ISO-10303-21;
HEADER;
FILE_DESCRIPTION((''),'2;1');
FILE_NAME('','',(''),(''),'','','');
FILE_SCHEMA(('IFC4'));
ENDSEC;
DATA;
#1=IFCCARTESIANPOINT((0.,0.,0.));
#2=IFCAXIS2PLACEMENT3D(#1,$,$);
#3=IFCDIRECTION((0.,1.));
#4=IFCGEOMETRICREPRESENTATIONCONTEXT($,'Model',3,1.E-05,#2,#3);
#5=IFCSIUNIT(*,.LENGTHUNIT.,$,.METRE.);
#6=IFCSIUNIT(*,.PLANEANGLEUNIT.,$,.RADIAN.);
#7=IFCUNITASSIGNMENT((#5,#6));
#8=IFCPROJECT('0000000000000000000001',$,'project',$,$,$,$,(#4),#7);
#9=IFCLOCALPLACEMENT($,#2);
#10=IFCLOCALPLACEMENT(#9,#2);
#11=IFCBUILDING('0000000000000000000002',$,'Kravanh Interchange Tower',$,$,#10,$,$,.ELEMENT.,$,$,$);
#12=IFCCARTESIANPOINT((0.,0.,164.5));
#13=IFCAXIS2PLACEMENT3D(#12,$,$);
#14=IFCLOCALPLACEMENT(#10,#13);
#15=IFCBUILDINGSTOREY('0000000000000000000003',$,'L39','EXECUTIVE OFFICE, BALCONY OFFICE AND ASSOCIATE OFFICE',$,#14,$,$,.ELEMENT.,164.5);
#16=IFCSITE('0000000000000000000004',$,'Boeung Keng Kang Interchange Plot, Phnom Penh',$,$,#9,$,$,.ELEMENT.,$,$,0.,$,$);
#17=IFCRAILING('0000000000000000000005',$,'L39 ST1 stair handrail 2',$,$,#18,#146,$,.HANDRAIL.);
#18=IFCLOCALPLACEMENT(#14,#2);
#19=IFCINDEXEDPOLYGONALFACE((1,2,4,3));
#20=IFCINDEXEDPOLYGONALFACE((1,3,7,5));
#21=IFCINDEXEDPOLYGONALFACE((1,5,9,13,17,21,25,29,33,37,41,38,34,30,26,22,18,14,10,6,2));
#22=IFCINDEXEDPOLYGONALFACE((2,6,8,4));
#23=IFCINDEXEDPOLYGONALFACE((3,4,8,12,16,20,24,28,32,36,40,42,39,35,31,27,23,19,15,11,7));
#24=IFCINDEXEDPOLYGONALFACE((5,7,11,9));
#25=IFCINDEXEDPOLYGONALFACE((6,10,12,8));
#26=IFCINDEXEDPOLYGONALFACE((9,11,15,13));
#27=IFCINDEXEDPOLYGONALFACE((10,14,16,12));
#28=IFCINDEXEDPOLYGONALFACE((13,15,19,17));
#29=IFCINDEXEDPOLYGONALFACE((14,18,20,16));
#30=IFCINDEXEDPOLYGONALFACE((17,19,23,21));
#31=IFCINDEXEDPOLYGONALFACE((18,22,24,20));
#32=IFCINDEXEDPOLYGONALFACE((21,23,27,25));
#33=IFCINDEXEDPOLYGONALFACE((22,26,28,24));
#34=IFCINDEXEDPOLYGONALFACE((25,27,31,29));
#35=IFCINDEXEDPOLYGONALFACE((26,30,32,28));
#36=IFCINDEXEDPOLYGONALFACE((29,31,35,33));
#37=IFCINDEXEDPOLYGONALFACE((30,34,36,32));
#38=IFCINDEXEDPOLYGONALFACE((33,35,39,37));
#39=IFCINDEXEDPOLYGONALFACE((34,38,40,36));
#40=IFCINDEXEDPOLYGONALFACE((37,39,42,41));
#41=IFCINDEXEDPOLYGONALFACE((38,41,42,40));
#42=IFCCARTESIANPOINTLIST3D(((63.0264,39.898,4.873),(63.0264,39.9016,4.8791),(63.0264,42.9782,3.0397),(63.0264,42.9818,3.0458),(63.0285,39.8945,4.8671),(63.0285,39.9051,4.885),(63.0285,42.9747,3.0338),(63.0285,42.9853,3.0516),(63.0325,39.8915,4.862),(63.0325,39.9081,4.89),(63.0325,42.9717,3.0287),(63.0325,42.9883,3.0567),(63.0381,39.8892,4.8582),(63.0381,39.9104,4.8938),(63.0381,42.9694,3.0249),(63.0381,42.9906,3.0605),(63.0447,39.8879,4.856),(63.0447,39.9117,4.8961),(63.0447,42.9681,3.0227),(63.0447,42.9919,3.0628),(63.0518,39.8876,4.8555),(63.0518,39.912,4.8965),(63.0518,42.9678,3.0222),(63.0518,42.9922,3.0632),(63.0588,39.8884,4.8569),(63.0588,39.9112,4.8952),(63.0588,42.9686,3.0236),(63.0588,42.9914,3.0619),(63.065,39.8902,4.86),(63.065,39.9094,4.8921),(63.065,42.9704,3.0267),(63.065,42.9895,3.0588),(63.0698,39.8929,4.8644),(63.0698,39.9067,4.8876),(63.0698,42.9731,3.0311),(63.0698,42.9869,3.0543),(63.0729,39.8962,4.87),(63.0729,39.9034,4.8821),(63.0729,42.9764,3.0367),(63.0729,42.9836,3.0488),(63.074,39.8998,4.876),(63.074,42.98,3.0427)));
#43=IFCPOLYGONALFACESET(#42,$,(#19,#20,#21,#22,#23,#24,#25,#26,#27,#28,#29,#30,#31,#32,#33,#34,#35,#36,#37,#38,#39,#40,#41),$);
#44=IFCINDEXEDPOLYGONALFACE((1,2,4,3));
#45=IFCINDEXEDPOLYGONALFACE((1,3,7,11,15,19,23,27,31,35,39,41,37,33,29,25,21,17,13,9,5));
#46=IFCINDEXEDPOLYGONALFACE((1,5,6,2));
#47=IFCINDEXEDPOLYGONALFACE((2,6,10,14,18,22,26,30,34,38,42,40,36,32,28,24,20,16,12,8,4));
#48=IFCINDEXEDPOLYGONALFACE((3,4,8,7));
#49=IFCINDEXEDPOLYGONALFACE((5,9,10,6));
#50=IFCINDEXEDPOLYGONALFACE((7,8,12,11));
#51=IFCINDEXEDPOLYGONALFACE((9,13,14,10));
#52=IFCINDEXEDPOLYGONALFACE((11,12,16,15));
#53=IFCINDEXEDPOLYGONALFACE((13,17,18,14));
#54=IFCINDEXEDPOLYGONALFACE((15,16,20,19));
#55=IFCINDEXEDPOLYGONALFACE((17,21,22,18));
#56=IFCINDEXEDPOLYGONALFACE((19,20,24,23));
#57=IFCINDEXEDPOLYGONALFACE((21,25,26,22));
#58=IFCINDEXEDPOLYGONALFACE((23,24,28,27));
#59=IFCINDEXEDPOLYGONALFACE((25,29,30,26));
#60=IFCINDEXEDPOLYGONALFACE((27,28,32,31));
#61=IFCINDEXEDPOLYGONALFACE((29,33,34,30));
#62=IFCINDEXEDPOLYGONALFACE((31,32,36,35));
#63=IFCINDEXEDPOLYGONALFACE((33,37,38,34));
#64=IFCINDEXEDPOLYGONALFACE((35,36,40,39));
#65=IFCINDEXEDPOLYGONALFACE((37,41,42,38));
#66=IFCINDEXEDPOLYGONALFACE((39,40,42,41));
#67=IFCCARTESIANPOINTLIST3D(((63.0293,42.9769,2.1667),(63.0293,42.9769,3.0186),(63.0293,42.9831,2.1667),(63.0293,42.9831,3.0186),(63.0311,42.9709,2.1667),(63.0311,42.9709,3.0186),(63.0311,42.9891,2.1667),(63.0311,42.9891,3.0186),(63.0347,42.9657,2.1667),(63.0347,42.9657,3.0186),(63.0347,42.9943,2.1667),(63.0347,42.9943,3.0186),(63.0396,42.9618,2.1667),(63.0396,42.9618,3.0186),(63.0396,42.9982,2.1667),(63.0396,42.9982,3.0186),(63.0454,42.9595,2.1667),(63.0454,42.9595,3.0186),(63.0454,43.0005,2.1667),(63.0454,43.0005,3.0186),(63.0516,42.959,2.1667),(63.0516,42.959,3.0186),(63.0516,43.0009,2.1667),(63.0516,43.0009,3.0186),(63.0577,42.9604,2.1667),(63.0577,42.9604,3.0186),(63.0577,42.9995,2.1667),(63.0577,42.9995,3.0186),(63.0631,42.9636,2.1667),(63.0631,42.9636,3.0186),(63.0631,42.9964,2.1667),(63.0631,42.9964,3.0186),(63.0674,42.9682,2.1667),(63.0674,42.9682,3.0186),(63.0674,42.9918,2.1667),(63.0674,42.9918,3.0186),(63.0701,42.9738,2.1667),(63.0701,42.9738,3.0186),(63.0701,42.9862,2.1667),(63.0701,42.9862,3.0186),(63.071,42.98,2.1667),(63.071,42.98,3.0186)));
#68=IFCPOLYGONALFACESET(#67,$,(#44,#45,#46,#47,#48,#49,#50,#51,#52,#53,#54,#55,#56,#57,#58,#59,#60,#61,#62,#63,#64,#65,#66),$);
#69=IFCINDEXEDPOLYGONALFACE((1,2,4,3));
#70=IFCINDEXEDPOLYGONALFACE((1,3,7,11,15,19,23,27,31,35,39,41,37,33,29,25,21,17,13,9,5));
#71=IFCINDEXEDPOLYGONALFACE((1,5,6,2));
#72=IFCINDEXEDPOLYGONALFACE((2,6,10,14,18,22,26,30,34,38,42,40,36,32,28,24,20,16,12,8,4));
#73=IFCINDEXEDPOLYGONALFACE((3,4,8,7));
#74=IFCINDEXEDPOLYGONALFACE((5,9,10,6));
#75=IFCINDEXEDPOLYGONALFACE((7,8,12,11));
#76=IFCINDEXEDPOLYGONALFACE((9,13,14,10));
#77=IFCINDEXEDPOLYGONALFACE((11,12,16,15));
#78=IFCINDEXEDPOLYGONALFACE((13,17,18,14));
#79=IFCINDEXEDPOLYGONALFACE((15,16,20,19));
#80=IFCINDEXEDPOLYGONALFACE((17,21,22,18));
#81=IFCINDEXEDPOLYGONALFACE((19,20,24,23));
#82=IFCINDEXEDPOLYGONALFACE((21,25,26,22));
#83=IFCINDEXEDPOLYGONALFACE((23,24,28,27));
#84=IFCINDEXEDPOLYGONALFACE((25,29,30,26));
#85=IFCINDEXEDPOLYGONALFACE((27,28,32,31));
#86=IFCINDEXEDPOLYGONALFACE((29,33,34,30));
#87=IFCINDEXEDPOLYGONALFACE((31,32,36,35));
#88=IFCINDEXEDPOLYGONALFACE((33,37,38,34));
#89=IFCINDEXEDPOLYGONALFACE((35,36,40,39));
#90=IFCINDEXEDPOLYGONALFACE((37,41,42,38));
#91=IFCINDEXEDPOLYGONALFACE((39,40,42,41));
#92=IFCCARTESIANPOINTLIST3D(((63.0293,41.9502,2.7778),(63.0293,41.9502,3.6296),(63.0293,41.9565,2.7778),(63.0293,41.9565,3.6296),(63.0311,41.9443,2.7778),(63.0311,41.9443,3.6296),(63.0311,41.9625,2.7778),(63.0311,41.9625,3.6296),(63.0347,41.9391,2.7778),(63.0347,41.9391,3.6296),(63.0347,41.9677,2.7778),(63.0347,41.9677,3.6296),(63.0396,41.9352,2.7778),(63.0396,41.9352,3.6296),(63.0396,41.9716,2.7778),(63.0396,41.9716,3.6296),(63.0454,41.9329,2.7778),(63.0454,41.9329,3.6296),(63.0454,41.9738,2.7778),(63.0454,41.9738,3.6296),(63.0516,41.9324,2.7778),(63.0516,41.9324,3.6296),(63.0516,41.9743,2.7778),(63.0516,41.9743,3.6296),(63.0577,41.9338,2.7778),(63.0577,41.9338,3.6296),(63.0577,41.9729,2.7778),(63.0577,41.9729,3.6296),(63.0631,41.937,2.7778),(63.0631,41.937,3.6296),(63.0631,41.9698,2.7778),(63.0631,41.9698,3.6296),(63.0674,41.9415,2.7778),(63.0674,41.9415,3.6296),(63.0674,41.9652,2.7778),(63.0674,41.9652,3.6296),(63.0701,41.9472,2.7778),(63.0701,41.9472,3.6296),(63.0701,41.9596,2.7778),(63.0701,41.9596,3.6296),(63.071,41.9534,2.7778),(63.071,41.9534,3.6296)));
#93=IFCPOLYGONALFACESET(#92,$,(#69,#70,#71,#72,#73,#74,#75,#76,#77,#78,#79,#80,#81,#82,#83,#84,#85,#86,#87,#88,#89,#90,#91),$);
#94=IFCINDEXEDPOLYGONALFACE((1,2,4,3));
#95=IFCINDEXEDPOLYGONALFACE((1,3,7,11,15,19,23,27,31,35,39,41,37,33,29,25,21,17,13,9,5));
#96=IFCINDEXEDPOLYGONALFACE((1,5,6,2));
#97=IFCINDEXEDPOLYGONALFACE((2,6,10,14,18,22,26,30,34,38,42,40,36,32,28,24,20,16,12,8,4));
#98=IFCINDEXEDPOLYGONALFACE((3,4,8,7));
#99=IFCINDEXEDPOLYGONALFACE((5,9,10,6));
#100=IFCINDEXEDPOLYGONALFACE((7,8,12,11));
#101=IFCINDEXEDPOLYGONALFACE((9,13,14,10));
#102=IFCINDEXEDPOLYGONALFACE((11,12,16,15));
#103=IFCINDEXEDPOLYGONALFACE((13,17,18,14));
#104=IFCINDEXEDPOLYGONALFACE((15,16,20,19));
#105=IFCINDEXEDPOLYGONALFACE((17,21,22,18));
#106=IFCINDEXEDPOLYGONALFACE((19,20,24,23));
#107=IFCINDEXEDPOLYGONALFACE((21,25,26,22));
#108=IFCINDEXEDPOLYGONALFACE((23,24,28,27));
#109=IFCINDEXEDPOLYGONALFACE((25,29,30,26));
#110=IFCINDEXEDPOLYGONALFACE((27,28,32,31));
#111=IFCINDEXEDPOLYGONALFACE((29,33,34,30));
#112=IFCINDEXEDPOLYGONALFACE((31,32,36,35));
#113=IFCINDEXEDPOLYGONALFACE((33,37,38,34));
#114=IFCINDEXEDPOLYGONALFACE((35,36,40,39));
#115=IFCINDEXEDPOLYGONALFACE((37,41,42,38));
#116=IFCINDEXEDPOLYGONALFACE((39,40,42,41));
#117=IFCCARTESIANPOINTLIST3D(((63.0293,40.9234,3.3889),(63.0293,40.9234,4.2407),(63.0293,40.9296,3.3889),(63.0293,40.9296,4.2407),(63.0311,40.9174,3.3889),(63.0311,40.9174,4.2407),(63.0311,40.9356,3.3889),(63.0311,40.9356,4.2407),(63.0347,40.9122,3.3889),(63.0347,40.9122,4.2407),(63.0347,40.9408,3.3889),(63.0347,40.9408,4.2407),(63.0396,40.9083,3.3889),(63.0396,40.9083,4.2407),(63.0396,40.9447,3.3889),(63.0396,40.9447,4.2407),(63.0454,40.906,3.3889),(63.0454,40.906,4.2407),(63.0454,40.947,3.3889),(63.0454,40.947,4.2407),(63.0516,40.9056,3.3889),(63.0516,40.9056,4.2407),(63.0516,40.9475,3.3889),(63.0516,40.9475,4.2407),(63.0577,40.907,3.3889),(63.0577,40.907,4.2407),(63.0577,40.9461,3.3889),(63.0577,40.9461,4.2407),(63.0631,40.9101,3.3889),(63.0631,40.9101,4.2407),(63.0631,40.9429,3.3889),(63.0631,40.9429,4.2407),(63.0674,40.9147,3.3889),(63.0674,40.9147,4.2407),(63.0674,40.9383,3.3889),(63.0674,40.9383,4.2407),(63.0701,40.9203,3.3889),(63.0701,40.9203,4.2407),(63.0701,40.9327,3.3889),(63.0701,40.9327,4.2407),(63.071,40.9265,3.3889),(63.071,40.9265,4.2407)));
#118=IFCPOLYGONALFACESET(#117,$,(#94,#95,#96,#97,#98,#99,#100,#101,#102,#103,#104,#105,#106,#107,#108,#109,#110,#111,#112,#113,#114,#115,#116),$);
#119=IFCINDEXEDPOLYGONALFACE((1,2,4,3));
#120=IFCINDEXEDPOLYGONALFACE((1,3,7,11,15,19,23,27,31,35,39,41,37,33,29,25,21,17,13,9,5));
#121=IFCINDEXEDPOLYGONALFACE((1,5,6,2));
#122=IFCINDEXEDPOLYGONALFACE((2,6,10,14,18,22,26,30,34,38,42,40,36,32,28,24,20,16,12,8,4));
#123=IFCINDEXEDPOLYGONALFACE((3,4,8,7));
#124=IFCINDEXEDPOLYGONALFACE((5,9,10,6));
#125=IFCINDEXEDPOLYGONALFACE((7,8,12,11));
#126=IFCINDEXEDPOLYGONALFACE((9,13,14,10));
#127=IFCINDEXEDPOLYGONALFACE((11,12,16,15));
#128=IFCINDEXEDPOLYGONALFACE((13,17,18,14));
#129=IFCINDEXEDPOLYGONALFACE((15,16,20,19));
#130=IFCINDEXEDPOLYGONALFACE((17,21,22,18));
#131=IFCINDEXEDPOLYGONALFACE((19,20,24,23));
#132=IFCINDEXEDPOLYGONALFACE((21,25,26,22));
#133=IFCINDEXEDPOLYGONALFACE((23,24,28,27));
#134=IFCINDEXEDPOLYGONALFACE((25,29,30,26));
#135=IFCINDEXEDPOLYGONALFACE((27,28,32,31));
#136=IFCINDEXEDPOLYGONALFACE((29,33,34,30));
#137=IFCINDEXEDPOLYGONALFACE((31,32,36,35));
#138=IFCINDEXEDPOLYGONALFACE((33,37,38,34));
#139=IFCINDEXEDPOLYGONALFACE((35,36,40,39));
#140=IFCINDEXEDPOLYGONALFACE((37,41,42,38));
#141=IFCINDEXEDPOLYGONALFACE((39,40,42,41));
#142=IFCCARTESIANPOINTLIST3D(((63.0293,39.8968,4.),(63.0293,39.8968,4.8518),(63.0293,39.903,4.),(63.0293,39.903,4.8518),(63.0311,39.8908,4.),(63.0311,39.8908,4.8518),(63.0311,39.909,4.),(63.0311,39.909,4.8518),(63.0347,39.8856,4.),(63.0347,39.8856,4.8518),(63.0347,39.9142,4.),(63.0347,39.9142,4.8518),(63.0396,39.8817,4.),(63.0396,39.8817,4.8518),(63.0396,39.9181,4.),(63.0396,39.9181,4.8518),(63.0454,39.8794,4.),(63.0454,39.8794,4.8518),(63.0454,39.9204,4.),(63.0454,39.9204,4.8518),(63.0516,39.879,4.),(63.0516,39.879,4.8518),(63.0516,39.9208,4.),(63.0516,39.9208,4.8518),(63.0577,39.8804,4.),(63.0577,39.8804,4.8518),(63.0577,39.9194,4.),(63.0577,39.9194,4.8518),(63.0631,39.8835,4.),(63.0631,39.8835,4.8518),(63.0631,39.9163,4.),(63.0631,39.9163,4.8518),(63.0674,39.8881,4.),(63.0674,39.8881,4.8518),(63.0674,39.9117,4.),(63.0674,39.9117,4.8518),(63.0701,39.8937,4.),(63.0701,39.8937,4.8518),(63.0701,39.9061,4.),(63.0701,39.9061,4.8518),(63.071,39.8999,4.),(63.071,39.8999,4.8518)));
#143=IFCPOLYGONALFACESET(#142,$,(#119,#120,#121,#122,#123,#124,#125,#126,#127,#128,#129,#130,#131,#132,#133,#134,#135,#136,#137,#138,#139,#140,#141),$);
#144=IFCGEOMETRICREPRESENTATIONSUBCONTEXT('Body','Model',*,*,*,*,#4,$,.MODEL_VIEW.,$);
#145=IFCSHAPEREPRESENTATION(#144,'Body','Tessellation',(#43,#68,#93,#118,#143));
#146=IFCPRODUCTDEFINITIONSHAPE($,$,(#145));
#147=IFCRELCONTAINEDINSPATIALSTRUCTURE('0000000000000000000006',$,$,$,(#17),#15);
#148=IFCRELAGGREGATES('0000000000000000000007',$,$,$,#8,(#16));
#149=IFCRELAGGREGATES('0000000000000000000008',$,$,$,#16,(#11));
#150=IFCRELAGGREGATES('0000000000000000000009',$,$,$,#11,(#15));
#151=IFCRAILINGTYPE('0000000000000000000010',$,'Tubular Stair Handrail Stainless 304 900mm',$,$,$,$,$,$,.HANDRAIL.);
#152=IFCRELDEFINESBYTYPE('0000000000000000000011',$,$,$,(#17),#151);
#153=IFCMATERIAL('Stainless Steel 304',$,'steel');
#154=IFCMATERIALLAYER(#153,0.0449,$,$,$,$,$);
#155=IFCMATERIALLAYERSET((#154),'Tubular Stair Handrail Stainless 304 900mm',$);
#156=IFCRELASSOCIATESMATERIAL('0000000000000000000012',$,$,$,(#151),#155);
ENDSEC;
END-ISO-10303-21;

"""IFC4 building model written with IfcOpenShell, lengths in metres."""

from ifc_helpers import new_model, si_unit, direction, frame, origin, origin_2d, place, context, subcontext, project, spatial, circle, extrude, material, layer, layer_set, type_object, element, save


model = new_model("IFC4")

# Units and contexts
model_context = context("Model", 3, precision=1e-05, world=origin(), true_north=direction((0.0, 1.0)))
body_context = subcontext(model_context, "Body", "Model", "MODEL_VIEW")
ifc_project = project(units=[si_unit("LENGTHUNIT", "METRE"), si_unit("PLANEANGLEUNIT", "RADIAN")], contexts=[model_context])

# Site, building, storey
site_placement = place(None, origin())
site = spatial("IfcSite", under=ifc_project, at=site_placement, Name="Boeung Keng Kang Interchange Plot, Phnom Penh", CompositionType="ELEMENT", RefElevation=0.0)
building_placement = place(site_placement, origin())
building = spatial("IfcBuilding", under=site, at=building_placement, Name="Kravanh Interchange Tower", CompositionType="ELEMENT")
storey_placement = place(building_placement, frame((0.0, 0.0, 164.5)))
storey = spatial("IfcBuildingStorey", under=building, at=storey_placement, Name="L39", Description="EXECUTIVE OFFICE, BALCONY OFFICE AND ASSOCIATE OFFICE", CompositionType="ELEMENT", Elevation=164.5)

# Railing
ifc_material_1 = material(Name="Stainless Steel 304", Category="steel")
ifc_layer_1 = layer(ifc_material_1, 0.0449)
ifc_layer_set_1 = layer_set([ifc_layer_1], Name="Tubular Stair Handrail Stainless 304 900mm")
railing_type_1 = type_object("IfcRailingType", Name="Tubular Stair Handrail Stainless 304 900mm", PredefinedType="HANDRAIL", material=ifc_layer_set_1)
railing_1_placement = place(storey_placement, frame((63.05, 42.98, 2.1667)))
element("IfcRailing", 1, at=railing_1_placement, inside=storey, type_object=railing_type_1, Name="L39 ST1 stair handrail 2", PredefinedType="HANDRAIL", context=body_context, shape_type="SweptSolid", body=[
    extrude(circle(Radius=0.0239, at=origin_2d()), frame((0.0, 0.0, 0.876), z_axis=(0.0, -0.859309, 0.511458), x_axis=(1.0, 0.0, 0.0)), (0.0, 0.0, 1.0), 3.5845),
    extrude(circle(Radius=0.021, at=origin_2d()), origin(), (0.0, 0.0, 1.0), 0.8518),
    extrude(circle(Radius=0.021, at=origin_2d()), frame((0.0, -1.0266, 0.6111)), (0.0, 0.0, 1.0), 0.8518),
    extrude(circle(Radius=0.021, at=origin_2d()), frame((0.0, -2.0535, 1.2222)), (0.0, 0.0, 1.0), 0.8518),
    extrude(circle(Radius=0.021, at=origin_2d()), frame((0.0, -3.0801, 1.8333)), (0.0, 0.0, 1.0), 0.8518),
])

save(model, "model.ifc")
